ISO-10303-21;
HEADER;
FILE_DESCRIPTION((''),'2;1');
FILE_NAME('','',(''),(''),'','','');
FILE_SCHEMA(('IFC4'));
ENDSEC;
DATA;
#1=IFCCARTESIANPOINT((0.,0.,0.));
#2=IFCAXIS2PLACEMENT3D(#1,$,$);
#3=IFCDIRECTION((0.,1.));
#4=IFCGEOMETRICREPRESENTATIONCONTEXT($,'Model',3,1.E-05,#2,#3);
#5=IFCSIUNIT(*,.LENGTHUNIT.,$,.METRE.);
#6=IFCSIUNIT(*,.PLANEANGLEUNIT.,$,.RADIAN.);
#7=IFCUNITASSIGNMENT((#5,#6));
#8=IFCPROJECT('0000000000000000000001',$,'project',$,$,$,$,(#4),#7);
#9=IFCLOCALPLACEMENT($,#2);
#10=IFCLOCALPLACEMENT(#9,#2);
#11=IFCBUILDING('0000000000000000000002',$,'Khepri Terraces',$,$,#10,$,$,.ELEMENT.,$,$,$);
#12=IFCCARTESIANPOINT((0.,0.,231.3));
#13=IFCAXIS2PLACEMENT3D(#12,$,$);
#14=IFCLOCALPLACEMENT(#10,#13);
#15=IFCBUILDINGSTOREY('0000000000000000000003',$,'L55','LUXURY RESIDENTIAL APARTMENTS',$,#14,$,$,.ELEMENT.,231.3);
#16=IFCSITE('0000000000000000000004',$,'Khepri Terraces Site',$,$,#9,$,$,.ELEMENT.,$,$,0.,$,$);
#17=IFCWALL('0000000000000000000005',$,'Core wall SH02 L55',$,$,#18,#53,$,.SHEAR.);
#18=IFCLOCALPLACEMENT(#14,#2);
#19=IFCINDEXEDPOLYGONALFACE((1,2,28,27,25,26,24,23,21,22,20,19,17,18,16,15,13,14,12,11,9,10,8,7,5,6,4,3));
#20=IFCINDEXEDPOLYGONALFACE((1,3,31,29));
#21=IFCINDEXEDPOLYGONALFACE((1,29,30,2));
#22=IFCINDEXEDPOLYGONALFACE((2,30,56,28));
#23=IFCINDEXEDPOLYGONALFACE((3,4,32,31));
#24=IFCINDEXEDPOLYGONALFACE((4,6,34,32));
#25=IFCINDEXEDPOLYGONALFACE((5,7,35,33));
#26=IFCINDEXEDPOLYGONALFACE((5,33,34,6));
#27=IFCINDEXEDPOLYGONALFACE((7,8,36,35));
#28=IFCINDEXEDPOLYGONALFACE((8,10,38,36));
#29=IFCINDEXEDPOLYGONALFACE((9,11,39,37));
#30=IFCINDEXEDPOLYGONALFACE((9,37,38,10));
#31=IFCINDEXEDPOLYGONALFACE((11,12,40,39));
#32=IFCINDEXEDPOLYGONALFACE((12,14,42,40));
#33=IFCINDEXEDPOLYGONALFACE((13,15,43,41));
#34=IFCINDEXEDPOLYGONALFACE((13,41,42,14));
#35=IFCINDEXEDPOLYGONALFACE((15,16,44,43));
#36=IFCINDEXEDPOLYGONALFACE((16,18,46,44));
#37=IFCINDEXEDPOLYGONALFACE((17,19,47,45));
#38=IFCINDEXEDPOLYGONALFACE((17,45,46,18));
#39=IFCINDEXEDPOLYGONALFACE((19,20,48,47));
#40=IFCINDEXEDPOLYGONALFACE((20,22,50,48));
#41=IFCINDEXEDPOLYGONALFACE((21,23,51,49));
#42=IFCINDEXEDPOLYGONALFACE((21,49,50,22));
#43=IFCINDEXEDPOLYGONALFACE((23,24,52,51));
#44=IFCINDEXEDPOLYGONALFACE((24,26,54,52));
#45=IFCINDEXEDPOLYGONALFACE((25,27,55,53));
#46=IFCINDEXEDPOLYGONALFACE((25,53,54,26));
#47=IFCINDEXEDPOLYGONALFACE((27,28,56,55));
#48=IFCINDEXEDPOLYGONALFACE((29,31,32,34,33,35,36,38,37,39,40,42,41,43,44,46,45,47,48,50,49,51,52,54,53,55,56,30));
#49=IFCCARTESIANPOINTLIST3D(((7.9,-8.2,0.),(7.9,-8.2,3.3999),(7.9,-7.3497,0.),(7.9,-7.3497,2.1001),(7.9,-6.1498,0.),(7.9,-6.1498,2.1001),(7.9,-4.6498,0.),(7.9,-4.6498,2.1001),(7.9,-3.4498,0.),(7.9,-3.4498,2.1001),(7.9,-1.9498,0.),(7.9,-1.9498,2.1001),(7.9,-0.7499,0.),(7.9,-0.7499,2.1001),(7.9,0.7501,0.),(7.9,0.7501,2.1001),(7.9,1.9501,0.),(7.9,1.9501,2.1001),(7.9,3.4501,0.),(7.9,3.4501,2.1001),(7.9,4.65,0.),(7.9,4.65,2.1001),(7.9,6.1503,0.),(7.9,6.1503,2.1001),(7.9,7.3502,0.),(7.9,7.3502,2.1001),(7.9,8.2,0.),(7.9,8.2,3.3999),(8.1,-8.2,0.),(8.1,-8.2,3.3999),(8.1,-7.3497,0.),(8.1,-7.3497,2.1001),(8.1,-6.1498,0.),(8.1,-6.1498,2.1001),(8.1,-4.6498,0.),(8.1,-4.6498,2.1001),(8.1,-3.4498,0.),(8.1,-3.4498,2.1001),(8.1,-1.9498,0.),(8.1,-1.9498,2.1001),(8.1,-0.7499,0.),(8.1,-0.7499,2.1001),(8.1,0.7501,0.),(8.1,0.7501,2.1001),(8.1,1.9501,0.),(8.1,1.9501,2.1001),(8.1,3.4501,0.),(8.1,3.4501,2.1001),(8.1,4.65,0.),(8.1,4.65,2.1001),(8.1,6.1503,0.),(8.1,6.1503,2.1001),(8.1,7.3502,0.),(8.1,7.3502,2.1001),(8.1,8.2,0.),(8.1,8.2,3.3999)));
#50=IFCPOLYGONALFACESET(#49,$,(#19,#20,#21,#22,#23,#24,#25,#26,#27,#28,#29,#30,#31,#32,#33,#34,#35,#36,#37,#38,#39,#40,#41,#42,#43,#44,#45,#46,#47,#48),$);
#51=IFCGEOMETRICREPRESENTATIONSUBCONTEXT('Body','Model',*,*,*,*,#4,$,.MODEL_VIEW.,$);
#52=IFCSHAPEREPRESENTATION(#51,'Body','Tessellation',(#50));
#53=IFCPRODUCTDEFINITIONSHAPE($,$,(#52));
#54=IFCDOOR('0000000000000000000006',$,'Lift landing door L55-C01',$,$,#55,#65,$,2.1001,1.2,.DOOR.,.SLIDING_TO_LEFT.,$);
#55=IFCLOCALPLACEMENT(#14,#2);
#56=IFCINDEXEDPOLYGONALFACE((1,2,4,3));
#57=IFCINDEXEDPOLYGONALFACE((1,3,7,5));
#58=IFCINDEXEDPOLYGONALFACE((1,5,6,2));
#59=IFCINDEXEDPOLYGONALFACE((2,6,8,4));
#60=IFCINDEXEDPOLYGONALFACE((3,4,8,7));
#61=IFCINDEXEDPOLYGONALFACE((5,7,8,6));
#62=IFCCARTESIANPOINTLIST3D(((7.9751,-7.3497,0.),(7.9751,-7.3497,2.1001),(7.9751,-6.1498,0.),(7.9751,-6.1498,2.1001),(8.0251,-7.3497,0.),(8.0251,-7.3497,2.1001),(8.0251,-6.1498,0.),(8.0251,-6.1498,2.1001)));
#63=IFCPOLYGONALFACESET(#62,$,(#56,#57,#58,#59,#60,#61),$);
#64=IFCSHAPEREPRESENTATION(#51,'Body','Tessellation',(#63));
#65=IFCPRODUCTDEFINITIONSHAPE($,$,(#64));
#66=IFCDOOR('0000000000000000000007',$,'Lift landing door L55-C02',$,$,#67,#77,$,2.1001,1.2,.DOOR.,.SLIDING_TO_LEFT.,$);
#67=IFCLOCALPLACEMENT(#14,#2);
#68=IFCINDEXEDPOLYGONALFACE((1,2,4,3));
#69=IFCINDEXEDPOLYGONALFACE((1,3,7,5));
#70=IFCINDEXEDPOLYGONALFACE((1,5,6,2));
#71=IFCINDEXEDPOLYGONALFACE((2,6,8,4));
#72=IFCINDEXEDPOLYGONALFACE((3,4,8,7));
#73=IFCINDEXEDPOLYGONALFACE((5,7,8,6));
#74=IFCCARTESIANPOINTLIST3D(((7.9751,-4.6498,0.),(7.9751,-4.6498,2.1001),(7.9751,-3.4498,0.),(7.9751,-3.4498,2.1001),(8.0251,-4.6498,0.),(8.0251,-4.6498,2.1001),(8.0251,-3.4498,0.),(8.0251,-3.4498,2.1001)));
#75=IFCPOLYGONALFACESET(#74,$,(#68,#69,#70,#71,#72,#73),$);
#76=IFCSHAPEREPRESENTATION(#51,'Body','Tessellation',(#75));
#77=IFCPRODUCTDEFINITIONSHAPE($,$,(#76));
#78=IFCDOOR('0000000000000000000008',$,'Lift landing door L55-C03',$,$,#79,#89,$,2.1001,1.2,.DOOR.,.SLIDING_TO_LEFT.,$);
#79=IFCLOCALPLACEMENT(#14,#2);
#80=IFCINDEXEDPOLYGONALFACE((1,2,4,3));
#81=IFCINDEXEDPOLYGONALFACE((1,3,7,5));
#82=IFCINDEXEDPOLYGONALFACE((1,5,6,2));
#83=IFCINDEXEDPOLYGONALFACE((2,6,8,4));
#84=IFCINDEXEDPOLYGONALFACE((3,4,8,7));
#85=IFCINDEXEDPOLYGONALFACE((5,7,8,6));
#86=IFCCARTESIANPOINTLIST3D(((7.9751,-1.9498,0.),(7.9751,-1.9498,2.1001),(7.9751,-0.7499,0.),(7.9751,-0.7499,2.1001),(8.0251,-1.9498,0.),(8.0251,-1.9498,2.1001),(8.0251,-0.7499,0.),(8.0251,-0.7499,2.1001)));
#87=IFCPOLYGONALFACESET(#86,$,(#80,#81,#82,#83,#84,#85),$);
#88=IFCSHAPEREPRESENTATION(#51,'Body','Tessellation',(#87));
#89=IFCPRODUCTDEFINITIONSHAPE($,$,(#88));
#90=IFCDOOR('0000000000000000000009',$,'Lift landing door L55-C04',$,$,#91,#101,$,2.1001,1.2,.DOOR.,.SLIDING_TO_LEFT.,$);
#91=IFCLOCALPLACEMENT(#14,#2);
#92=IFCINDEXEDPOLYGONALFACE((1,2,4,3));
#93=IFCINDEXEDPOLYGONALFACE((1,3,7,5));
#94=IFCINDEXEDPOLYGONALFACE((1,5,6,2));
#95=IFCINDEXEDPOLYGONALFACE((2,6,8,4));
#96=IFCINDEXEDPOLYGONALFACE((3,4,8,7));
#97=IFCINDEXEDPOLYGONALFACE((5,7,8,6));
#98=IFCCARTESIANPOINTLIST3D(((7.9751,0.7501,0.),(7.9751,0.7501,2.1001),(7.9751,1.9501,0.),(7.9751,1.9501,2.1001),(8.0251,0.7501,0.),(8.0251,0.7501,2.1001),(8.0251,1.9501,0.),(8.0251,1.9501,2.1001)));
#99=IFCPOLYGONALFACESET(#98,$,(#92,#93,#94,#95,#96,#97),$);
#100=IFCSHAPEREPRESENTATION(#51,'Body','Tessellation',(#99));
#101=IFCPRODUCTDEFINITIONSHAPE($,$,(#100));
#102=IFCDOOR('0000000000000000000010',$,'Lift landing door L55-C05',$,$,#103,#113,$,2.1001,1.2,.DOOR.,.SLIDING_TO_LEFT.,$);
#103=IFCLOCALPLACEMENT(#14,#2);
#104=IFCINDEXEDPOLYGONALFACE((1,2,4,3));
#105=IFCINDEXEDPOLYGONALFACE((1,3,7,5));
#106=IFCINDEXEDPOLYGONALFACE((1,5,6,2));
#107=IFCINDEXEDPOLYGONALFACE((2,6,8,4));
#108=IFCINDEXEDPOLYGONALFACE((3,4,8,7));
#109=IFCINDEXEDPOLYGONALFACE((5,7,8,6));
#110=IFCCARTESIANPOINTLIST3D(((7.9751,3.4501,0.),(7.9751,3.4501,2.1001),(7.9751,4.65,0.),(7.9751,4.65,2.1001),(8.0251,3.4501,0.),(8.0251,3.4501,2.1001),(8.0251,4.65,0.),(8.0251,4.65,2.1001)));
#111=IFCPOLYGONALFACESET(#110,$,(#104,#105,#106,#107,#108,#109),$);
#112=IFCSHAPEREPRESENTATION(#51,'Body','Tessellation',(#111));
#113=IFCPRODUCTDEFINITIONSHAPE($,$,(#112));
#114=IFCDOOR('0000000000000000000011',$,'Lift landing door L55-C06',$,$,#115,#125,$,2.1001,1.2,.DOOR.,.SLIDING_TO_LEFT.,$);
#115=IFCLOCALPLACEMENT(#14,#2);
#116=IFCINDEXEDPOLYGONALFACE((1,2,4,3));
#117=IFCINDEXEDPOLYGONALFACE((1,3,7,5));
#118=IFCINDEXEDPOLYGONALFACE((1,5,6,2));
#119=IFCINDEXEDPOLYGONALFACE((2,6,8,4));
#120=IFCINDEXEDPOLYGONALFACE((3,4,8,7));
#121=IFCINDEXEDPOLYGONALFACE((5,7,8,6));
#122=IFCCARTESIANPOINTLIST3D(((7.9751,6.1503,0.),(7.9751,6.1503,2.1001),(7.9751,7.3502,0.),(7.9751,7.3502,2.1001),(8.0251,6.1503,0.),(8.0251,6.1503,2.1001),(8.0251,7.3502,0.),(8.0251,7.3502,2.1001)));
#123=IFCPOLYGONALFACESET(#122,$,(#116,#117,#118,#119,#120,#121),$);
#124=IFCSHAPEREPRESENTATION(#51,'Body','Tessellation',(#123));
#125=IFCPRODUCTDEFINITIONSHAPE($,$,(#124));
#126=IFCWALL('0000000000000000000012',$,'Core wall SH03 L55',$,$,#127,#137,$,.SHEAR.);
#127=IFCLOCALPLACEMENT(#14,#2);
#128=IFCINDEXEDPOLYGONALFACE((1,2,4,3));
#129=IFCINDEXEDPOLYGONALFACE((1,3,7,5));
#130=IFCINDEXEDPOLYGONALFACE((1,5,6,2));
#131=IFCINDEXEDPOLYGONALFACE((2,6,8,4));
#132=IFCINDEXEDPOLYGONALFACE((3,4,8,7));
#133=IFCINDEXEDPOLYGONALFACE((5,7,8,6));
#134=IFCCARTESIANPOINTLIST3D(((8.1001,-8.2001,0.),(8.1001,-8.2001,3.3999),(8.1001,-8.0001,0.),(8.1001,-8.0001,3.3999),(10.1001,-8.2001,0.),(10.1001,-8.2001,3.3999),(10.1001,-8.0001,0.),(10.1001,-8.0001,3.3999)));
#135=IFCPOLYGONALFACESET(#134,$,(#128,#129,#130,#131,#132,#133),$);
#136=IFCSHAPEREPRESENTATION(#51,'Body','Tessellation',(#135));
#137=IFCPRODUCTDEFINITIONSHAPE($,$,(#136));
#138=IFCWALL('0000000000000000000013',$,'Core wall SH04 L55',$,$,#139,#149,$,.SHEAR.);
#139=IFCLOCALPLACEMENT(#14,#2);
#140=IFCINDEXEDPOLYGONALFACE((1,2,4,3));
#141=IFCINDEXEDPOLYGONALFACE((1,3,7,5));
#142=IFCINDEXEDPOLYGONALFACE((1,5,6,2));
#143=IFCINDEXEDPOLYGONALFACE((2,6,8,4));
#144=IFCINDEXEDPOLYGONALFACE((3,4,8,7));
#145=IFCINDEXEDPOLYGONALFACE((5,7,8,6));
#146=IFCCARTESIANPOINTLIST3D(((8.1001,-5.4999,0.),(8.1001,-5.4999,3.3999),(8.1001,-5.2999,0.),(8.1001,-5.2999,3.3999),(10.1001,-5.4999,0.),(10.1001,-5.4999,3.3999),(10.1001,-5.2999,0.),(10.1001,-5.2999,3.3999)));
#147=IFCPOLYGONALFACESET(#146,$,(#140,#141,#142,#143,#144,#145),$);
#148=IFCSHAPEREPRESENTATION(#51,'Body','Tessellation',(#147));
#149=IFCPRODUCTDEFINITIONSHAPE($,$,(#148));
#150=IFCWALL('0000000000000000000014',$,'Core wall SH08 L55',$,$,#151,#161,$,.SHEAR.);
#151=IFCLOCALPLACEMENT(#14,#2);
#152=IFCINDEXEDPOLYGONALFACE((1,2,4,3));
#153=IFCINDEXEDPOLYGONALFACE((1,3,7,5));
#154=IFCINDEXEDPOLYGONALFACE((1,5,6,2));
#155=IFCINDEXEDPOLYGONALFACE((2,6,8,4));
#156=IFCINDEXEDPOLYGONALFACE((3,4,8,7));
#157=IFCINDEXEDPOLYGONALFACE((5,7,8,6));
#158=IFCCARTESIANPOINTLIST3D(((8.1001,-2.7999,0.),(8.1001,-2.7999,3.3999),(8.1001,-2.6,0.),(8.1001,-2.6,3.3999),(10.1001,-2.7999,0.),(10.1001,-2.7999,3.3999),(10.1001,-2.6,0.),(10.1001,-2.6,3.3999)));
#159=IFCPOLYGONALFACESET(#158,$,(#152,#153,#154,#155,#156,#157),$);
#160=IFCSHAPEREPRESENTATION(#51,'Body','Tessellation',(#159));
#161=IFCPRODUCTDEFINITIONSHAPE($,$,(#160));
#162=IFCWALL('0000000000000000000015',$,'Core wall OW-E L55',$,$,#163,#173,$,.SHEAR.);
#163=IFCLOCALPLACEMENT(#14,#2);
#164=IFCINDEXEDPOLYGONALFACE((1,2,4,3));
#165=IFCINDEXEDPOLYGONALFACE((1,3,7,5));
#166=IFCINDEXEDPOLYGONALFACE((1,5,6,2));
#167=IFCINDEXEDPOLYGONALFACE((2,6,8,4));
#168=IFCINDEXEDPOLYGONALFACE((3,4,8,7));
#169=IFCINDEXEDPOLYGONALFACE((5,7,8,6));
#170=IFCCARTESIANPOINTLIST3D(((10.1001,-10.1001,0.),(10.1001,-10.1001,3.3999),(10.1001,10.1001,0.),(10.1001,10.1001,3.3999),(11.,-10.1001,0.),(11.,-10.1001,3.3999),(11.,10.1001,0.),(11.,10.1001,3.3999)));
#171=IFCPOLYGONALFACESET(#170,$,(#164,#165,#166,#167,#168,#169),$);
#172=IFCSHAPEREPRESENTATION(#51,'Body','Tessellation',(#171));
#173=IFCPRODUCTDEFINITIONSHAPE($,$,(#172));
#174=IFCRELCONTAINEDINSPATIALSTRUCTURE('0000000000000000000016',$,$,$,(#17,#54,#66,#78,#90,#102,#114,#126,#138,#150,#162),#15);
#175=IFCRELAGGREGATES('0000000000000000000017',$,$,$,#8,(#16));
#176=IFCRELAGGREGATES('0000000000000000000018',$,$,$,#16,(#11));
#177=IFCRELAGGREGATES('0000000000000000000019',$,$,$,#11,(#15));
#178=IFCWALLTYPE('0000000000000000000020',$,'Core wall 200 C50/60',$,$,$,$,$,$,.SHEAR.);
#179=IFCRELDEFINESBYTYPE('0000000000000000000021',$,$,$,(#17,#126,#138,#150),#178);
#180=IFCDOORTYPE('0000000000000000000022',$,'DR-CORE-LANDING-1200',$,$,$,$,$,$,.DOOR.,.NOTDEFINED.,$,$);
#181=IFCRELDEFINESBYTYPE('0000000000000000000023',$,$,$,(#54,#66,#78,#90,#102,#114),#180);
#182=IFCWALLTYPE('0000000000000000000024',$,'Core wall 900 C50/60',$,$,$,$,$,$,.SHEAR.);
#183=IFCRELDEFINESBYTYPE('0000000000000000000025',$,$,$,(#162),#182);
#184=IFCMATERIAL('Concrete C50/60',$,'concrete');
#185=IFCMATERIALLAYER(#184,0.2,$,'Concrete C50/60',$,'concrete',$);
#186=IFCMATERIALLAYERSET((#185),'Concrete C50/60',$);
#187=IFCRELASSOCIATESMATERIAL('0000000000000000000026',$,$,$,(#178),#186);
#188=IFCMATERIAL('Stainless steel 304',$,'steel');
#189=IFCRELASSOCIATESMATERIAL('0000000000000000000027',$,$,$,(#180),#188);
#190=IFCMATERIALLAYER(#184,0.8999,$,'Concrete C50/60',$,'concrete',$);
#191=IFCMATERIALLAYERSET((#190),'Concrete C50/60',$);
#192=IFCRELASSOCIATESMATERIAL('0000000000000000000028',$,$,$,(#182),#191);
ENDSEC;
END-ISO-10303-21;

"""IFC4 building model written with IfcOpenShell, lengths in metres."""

from ifc_helpers import new_model, si_unit, direction, frame, frame_2d, origin, place, context, subcontext, project, spatial, rectangle, extrude, material, layer, layer_set, type_object, element, fill, save


model = new_model("IFC4")

# Units and contexts
model_context = context("Model", 3, precision=1e-05, world=origin(), true_north=direction((0.0, 1.0)))
body_context = subcontext(model_context, "Body", "Model", "MODEL_VIEW")
ifc_project = project(units=[si_unit("LENGTHUNIT", "METRE"), si_unit("PLANEANGLEUNIT", "RADIAN")], contexts=[model_context])

# Site, building, storey
site_placement = place(None, origin())
site = spatial("IfcSite", under=ifc_project, at=site_placement, Name="Khepri Terraces Site", CompositionType="ELEMENT", RefElevation=0.0)
building_placement = place(site_placement, origin())
building = spatial("IfcBuilding", under=site, at=building_placement, Name="Khepri Terraces", CompositionType="ELEMENT")
storey_placement = place(building_placement, frame((0.0, 0.0, 231.3)))
storey = spatial("IfcBuildingStorey", under=building, at=storey_placement, Name="L55", Description="LUXURY RESIDENTIAL APARTMENTS", CompositionType="ELEMENT", Elevation=231.3)

# Wall, openings, doors
ifc_material_1 = material(Name="Concrete C50/60", Category="concrete")
ifc_layer_1 = layer(ifc_material_1, 0.2, Name="Concrete C50/60", Category="concrete")
ifc_layer_set_1 = layer_set([ifc_layer_1], Name="Concrete C50/60")
wall_type_1 = type_object("IfcWallType", Name="Core wall 200 C50/60", PredefinedType="SHEAR", material=ifc_layer_set_1)
wall_1_placement = place(storey_placement, frame((8.0, -8.2, 0.0), z_axis=(0.0, 0.0, 1.0), x_axis=(0.0, 1.0, 0.0)))
wall_1 = element("IfcWall", 1, at=wall_1_placement, inside=storey, type_object=wall_type_1, Name="Core wall SH02 L55", PredefinedType="SHEAR", context=body_context, shape_type="SweptSolid", body=[
    extrude(rectangle(XDim=16.3999, YDim=0.2, at=frame_2d((8.2, 0.0))), origin(), (0.0, 0.0, 1.0), 3.3999),
])
opening_1_placement = place(wall_1_placement, frame((0.8501, 0.0, 0.0)))
opening_1 = element("IfcOpeningElement", 2, at=opening_1_placement, cuts=wall_1, PredefinedType="OPENING", context=body_context, shape_type="SweptSolid", body=[
    extrude(rectangle(XDim=1.2, YDim=2.1001, at=frame_2d((0.6001, 1.05))), frame((0.0, 0.1099, 0.0), z_axis=(0.0, -1.0, 0.0), x_axis=(1.0, 0.0, 0.0)), (0.0, 0.0, 1.0), 0.22),
])
opening_2_placement = place(wall_1_placement, frame((3.55, 0.0, 0.0)))
opening_2 = element("IfcOpeningElement", 3, at=opening_2_placement, cuts=wall_1, PredefinedType="OPENING", context=body_context, shape_type="SweptSolid", body=[
    extrude(rectangle(XDim=1.2, YDim=2.1001, at=frame_2d((0.6001, 1.05))), frame((0.0, 0.1099, 0.0), z_axis=(0.0, -1.0, 0.0), x_axis=(1.0, 0.0, 0.0)), (0.0, 0.0, 1.0), 0.22),
])
opening_3_placement = place(wall_1_placement, frame((6.25, 0.0, 0.0)))
opening_3 = element("IfcOpeningElement", 4, at=opening_3_placement, cuts=wall_1, PredefinedType="OPENING", context=body_context, shape_type="SweptSolid", body=[
    extrude(rectangle(XDim=1.2, YDim=2.1001, at=frame_2d((0.6001, 1.05))), frame((0.0, 0.1099, 0.0), z_axis=(0.0, -1.0, 0.0), x_axis=(1.0, 0.0, 0.0)), (0.0, 0.0, 1.0), 0.22),
])
opening_4_placement = place(wall_1_placement, frame((8.95, 0.0, 0.0)))
opening_4 = element("IfcOpeningElement", 5, at=opening_4_placement, cuts=wall_1, PredefinedType="OPENING", context=body_context, shape_type="SweptSolid", body=[
    extrude(rectangle(XDim=1.2, YDim=2.1001, at=frame_2d((0.6001, 1.05))), frame((0.0, 0.1099, 0.0), z_axis=(0.0, -1.0, 0.0), x_axis=(1.0, 0.0, 0.0)), (0.0, 0.0, 1.0), 0.22),
])
opening_5_placement = place(wall_1_placement, frame((11.6499, 0.0, 0.0)))
opening_5 = element("IfcOpeningElement", 6, at=opening_5_placement, cuts=wall_1, PredefinedType="OPENING", context=body_context, shape_type="SweptSolid", body=[
    extrude(rectangle(XDim=1.2, YDim=2.1001, at=frame_2d((0.6001, 1.05))), frame((0.0, 0.1099, 0.0), z_axis=(0.0, -1.0, 0.0), x_axis=(1.0, 0.0, 0.0)), (0.0, 0.0, 1.0), 0.22),
])
opening_6_placement = place(wall_1_placement, frame((14.3501, 0.0, 0.0)))
opening_6 = element("IfcOpeningElement", 7, at=opening_6_placement, cuts=wall_1, PredefinedType="OPENING", context=body_context, shape_type="SweptSolid", body=[
    extrude(rectangle(XDim=1.2, YDim=2.1001, at=frame_2d((0.6001, 1.05))), frame((0.0, 0.1099, 0.0), z_axis=(0.0, -1.0, 0.0), x_axis=(1.0, 0.0, 0.0)), (0.0, 0.0, 1.0), 0.22),
])
ifc_material_2 = material(Name="Stainless steel 304", Category="steel")
door_type_1 = type_object("IfcDoorType", Name="DR-CORE-LANDING-1200", OperationType="NOTDEFINED", PredefinedType="DOOR", material=ifc_material_2)
door_1_placement = place(opening_1_placement, origin())
door_1 = element("IfcDoor", 8, at=door_1_placement, inside=storey, type_object=door_type_1, Name="Lift landing door L55-C01", OperationType="SLIDING_TO_LEFT", OverallHeight=2.1001, OverallWidth=1.2, PredefinedType="DOOR", context=body_context, shape_type="SweptSolid", body=[
    extrude(rectangle(XDim=1.2, YDim=2.1001, at=frame_2d((0.6001, 1.05))), frame((0.0, 0.0249, 0.0), z_axis=(0.0, -1.0, 0.0), x_axis=(1.0, 0.0, 0.0)), (0.0, 0.0, 1.0), 0.05),
])
fill(opening_1, door_1)
door_2_placement = place(opening_2_placement, origin())
door_2 = element("IfcDoor", 9, at=door_2_placement, inside=storey, type_object=door_type_1, Name="Lift landing door L55-C02", OperationType="SLIDING_TO_LEFT", OverallHeight=2.1001, OverallWidth=1.2, PredefinedType="DOOR", context=body_context, shape_type="SweptSolid", body=[
    extrude(rectangle(XDim=1.2, YDim=2.1001, at=frame_2d((0.6001, 1.05))), frame((0.0, 0.0249, 0.0), z_axis=(0.0, -1.0, 0.0), x_axis=(1.0, 0.0, 0.0)), (0.0, 0.0, 1.0), 0.05),
])
fill(opening_2, door_2)
door_3_placement = place(opening_3_placement, origin())
door_3 = element("IfcDoor", 10, at=door_3_placement, inside=storey, type_object=door_type_1, Name="Lift landing door L55-C03", OperationType="SLIDING_TO_LEFT", OverallHeight=2.1001, OverallWidth=1.2, PredefinedType="DOOR", context=body_context, shape_type="SweptSolid", body=[
    extrude(rectangle(XDim=1.2, YDim=2.1001, at=frame_2d((0.6001, 1.05))), frame((0.0, 0.0249, 0.0), z_axis=(0.0, -1.0, 0.0), x_axis=(1.0, 0.0, 0.0)), (0.0, 0.0, 1.0), 0.05),
])
fill(opening_3, door_3)
door_4_placement = place(opening_4_placement, origin())
door_4 = element("IfcDoor", 11, at=door_4_placement, inside=storey, type_object=door_type_1, Name="Lift landing door L55-C04", OperationType="SLIDING_TO_LEFT", OverallHeight=2.1001, OverallWidth=1.2, PredefinedType="DOOR", context=body_context, shape_type="SweptSolid", body=[
    extrude(rectangle(XDim=1.2, YDim=2.1001, at=frame_2d((0.6001, 1.05))), frame((0.0, 0.0249, 0.0), z_axis=(0.0, -1.0, 0.0), x_axis=(1.0, 0.0, 0.0)), (0.0, 0.0, 1.0), 0.05),
])
fill(opening_4, door_4)
door_5_placement = place(opening_5_placement, origin())
door_5 = element("IfcDoor", 12, at=door_5_placement, inside=storey, type_object=door_type_1, Name="Lift landing door L55-C05", OperationType="SLIDING_TO_LEFT", OverallHeight=2.1001, OverallWidth=1.2, PredefinedType="DOOR", context=body_context, shape_type="SweptSolid", body=[
    extrude(rectangle(XDim=1.2, YDim=2.1001, at=frame_2d((0.6001, 1.05))), frame((0.0, 0.0249, 0.0), z_axis=(0.0, -1.0, 0.0), x_axis=(1.0, 0.0, 0.0)), (0.0, 0.0, 1.0), 0.05),
])
fill(opening_5, door_5)
door_6_placement = place(opening_6_placement, origin())
door_6 = element("IfcDoor", 13, at=door_6_placement, inside=storey, type_object=door_type_1, Name="Lift landing door L55-C06", OperationType="SLIDING_TO_LEFT", OverallHeight=2.1001, OverallWidth=1.2, PredefinedType="DOOR", context=body_context, shape_type="SweptSolid", body=[
    extrude(rectangle(XDim=1.2, YDim=2.1001, at=frame_2d((0.6001, 1.05))), frame((0.0, 0.0249, 0.0), z_axis=(0.0, -1.0, 0.0), x_axis=(1.0, 0.0, 0.0)), (0.0, 0.0, 1.0), 0.05),
])
fill(opening_6, door_6)

# Walls
for number, where, z_axis, x_axis, name in (
    (14, (8.1001, -8.1001, 0.0), (0.0, 0.0, 1.0), (1.0, 0.0, 0.0), "Core wall SH03 L55"),
    (15, (8.1001, -5.3999, 0.0), (0.0, 0.0, 1.0), (1.0, 0.0, 0.0), "Core wall SH04 L55"),
    (16, (8.1001, -2.7, 0.0), (0.0, 0.0, 1.0), (1.0, 0.0, 0.0), "Core wall SH08 L55"),
):
    element("IfcWall", number, at=place(storey_placement, frame(where, z_axis=z_axis, x_axis=x_axis)), inside=storey, type_object=wall_type_1, Name=name, PredefinedType="SHEAR", context=body_context, shape_type="SweptSolid", body=[
        extrude(rectangle(XDim=2.0, YDim=0.2, at=frame_2d((1.0, 0.0))), origin(), (0.0, 0.0, 1.0), 3.3999),
    ])
ifc_layer_2 = layer(ifc_material_1, 0.8999, Name="Concrete C50/60", Category="concrete")
ifc_layer_set_2 = layer_set([ifc_layer_2], Name="Concrete C50/60")
wall_type_2 = type_object("IfcWallType", Name="Core wall 900 C50/60", PredefinedType="SHEAR", material=ifc_layer_set_2)
wall_2_placement = place(storey_placement, frame((10.55, -10.1001, 0.0), z_axis=(0.0, 0.0, 1.0), x_axis=(0.0, 1.0, 0.0)))
element("IfcWall", 17, at=wall_2_placement, inside=storey, type_object=wall_type_2, Name="Core wall OW-E L55", PredefinedType="SHEAR", context=body_context, shape_type="SweptSolid", body=[
    extrude(rectangle(XDim=20.2002, YDim=0.8999, at=frame_2d((10.1001, 0.0))), origin(), (0.0, 0.0, 1.0), 3.3999),
])

save(model, "model.ifc")
